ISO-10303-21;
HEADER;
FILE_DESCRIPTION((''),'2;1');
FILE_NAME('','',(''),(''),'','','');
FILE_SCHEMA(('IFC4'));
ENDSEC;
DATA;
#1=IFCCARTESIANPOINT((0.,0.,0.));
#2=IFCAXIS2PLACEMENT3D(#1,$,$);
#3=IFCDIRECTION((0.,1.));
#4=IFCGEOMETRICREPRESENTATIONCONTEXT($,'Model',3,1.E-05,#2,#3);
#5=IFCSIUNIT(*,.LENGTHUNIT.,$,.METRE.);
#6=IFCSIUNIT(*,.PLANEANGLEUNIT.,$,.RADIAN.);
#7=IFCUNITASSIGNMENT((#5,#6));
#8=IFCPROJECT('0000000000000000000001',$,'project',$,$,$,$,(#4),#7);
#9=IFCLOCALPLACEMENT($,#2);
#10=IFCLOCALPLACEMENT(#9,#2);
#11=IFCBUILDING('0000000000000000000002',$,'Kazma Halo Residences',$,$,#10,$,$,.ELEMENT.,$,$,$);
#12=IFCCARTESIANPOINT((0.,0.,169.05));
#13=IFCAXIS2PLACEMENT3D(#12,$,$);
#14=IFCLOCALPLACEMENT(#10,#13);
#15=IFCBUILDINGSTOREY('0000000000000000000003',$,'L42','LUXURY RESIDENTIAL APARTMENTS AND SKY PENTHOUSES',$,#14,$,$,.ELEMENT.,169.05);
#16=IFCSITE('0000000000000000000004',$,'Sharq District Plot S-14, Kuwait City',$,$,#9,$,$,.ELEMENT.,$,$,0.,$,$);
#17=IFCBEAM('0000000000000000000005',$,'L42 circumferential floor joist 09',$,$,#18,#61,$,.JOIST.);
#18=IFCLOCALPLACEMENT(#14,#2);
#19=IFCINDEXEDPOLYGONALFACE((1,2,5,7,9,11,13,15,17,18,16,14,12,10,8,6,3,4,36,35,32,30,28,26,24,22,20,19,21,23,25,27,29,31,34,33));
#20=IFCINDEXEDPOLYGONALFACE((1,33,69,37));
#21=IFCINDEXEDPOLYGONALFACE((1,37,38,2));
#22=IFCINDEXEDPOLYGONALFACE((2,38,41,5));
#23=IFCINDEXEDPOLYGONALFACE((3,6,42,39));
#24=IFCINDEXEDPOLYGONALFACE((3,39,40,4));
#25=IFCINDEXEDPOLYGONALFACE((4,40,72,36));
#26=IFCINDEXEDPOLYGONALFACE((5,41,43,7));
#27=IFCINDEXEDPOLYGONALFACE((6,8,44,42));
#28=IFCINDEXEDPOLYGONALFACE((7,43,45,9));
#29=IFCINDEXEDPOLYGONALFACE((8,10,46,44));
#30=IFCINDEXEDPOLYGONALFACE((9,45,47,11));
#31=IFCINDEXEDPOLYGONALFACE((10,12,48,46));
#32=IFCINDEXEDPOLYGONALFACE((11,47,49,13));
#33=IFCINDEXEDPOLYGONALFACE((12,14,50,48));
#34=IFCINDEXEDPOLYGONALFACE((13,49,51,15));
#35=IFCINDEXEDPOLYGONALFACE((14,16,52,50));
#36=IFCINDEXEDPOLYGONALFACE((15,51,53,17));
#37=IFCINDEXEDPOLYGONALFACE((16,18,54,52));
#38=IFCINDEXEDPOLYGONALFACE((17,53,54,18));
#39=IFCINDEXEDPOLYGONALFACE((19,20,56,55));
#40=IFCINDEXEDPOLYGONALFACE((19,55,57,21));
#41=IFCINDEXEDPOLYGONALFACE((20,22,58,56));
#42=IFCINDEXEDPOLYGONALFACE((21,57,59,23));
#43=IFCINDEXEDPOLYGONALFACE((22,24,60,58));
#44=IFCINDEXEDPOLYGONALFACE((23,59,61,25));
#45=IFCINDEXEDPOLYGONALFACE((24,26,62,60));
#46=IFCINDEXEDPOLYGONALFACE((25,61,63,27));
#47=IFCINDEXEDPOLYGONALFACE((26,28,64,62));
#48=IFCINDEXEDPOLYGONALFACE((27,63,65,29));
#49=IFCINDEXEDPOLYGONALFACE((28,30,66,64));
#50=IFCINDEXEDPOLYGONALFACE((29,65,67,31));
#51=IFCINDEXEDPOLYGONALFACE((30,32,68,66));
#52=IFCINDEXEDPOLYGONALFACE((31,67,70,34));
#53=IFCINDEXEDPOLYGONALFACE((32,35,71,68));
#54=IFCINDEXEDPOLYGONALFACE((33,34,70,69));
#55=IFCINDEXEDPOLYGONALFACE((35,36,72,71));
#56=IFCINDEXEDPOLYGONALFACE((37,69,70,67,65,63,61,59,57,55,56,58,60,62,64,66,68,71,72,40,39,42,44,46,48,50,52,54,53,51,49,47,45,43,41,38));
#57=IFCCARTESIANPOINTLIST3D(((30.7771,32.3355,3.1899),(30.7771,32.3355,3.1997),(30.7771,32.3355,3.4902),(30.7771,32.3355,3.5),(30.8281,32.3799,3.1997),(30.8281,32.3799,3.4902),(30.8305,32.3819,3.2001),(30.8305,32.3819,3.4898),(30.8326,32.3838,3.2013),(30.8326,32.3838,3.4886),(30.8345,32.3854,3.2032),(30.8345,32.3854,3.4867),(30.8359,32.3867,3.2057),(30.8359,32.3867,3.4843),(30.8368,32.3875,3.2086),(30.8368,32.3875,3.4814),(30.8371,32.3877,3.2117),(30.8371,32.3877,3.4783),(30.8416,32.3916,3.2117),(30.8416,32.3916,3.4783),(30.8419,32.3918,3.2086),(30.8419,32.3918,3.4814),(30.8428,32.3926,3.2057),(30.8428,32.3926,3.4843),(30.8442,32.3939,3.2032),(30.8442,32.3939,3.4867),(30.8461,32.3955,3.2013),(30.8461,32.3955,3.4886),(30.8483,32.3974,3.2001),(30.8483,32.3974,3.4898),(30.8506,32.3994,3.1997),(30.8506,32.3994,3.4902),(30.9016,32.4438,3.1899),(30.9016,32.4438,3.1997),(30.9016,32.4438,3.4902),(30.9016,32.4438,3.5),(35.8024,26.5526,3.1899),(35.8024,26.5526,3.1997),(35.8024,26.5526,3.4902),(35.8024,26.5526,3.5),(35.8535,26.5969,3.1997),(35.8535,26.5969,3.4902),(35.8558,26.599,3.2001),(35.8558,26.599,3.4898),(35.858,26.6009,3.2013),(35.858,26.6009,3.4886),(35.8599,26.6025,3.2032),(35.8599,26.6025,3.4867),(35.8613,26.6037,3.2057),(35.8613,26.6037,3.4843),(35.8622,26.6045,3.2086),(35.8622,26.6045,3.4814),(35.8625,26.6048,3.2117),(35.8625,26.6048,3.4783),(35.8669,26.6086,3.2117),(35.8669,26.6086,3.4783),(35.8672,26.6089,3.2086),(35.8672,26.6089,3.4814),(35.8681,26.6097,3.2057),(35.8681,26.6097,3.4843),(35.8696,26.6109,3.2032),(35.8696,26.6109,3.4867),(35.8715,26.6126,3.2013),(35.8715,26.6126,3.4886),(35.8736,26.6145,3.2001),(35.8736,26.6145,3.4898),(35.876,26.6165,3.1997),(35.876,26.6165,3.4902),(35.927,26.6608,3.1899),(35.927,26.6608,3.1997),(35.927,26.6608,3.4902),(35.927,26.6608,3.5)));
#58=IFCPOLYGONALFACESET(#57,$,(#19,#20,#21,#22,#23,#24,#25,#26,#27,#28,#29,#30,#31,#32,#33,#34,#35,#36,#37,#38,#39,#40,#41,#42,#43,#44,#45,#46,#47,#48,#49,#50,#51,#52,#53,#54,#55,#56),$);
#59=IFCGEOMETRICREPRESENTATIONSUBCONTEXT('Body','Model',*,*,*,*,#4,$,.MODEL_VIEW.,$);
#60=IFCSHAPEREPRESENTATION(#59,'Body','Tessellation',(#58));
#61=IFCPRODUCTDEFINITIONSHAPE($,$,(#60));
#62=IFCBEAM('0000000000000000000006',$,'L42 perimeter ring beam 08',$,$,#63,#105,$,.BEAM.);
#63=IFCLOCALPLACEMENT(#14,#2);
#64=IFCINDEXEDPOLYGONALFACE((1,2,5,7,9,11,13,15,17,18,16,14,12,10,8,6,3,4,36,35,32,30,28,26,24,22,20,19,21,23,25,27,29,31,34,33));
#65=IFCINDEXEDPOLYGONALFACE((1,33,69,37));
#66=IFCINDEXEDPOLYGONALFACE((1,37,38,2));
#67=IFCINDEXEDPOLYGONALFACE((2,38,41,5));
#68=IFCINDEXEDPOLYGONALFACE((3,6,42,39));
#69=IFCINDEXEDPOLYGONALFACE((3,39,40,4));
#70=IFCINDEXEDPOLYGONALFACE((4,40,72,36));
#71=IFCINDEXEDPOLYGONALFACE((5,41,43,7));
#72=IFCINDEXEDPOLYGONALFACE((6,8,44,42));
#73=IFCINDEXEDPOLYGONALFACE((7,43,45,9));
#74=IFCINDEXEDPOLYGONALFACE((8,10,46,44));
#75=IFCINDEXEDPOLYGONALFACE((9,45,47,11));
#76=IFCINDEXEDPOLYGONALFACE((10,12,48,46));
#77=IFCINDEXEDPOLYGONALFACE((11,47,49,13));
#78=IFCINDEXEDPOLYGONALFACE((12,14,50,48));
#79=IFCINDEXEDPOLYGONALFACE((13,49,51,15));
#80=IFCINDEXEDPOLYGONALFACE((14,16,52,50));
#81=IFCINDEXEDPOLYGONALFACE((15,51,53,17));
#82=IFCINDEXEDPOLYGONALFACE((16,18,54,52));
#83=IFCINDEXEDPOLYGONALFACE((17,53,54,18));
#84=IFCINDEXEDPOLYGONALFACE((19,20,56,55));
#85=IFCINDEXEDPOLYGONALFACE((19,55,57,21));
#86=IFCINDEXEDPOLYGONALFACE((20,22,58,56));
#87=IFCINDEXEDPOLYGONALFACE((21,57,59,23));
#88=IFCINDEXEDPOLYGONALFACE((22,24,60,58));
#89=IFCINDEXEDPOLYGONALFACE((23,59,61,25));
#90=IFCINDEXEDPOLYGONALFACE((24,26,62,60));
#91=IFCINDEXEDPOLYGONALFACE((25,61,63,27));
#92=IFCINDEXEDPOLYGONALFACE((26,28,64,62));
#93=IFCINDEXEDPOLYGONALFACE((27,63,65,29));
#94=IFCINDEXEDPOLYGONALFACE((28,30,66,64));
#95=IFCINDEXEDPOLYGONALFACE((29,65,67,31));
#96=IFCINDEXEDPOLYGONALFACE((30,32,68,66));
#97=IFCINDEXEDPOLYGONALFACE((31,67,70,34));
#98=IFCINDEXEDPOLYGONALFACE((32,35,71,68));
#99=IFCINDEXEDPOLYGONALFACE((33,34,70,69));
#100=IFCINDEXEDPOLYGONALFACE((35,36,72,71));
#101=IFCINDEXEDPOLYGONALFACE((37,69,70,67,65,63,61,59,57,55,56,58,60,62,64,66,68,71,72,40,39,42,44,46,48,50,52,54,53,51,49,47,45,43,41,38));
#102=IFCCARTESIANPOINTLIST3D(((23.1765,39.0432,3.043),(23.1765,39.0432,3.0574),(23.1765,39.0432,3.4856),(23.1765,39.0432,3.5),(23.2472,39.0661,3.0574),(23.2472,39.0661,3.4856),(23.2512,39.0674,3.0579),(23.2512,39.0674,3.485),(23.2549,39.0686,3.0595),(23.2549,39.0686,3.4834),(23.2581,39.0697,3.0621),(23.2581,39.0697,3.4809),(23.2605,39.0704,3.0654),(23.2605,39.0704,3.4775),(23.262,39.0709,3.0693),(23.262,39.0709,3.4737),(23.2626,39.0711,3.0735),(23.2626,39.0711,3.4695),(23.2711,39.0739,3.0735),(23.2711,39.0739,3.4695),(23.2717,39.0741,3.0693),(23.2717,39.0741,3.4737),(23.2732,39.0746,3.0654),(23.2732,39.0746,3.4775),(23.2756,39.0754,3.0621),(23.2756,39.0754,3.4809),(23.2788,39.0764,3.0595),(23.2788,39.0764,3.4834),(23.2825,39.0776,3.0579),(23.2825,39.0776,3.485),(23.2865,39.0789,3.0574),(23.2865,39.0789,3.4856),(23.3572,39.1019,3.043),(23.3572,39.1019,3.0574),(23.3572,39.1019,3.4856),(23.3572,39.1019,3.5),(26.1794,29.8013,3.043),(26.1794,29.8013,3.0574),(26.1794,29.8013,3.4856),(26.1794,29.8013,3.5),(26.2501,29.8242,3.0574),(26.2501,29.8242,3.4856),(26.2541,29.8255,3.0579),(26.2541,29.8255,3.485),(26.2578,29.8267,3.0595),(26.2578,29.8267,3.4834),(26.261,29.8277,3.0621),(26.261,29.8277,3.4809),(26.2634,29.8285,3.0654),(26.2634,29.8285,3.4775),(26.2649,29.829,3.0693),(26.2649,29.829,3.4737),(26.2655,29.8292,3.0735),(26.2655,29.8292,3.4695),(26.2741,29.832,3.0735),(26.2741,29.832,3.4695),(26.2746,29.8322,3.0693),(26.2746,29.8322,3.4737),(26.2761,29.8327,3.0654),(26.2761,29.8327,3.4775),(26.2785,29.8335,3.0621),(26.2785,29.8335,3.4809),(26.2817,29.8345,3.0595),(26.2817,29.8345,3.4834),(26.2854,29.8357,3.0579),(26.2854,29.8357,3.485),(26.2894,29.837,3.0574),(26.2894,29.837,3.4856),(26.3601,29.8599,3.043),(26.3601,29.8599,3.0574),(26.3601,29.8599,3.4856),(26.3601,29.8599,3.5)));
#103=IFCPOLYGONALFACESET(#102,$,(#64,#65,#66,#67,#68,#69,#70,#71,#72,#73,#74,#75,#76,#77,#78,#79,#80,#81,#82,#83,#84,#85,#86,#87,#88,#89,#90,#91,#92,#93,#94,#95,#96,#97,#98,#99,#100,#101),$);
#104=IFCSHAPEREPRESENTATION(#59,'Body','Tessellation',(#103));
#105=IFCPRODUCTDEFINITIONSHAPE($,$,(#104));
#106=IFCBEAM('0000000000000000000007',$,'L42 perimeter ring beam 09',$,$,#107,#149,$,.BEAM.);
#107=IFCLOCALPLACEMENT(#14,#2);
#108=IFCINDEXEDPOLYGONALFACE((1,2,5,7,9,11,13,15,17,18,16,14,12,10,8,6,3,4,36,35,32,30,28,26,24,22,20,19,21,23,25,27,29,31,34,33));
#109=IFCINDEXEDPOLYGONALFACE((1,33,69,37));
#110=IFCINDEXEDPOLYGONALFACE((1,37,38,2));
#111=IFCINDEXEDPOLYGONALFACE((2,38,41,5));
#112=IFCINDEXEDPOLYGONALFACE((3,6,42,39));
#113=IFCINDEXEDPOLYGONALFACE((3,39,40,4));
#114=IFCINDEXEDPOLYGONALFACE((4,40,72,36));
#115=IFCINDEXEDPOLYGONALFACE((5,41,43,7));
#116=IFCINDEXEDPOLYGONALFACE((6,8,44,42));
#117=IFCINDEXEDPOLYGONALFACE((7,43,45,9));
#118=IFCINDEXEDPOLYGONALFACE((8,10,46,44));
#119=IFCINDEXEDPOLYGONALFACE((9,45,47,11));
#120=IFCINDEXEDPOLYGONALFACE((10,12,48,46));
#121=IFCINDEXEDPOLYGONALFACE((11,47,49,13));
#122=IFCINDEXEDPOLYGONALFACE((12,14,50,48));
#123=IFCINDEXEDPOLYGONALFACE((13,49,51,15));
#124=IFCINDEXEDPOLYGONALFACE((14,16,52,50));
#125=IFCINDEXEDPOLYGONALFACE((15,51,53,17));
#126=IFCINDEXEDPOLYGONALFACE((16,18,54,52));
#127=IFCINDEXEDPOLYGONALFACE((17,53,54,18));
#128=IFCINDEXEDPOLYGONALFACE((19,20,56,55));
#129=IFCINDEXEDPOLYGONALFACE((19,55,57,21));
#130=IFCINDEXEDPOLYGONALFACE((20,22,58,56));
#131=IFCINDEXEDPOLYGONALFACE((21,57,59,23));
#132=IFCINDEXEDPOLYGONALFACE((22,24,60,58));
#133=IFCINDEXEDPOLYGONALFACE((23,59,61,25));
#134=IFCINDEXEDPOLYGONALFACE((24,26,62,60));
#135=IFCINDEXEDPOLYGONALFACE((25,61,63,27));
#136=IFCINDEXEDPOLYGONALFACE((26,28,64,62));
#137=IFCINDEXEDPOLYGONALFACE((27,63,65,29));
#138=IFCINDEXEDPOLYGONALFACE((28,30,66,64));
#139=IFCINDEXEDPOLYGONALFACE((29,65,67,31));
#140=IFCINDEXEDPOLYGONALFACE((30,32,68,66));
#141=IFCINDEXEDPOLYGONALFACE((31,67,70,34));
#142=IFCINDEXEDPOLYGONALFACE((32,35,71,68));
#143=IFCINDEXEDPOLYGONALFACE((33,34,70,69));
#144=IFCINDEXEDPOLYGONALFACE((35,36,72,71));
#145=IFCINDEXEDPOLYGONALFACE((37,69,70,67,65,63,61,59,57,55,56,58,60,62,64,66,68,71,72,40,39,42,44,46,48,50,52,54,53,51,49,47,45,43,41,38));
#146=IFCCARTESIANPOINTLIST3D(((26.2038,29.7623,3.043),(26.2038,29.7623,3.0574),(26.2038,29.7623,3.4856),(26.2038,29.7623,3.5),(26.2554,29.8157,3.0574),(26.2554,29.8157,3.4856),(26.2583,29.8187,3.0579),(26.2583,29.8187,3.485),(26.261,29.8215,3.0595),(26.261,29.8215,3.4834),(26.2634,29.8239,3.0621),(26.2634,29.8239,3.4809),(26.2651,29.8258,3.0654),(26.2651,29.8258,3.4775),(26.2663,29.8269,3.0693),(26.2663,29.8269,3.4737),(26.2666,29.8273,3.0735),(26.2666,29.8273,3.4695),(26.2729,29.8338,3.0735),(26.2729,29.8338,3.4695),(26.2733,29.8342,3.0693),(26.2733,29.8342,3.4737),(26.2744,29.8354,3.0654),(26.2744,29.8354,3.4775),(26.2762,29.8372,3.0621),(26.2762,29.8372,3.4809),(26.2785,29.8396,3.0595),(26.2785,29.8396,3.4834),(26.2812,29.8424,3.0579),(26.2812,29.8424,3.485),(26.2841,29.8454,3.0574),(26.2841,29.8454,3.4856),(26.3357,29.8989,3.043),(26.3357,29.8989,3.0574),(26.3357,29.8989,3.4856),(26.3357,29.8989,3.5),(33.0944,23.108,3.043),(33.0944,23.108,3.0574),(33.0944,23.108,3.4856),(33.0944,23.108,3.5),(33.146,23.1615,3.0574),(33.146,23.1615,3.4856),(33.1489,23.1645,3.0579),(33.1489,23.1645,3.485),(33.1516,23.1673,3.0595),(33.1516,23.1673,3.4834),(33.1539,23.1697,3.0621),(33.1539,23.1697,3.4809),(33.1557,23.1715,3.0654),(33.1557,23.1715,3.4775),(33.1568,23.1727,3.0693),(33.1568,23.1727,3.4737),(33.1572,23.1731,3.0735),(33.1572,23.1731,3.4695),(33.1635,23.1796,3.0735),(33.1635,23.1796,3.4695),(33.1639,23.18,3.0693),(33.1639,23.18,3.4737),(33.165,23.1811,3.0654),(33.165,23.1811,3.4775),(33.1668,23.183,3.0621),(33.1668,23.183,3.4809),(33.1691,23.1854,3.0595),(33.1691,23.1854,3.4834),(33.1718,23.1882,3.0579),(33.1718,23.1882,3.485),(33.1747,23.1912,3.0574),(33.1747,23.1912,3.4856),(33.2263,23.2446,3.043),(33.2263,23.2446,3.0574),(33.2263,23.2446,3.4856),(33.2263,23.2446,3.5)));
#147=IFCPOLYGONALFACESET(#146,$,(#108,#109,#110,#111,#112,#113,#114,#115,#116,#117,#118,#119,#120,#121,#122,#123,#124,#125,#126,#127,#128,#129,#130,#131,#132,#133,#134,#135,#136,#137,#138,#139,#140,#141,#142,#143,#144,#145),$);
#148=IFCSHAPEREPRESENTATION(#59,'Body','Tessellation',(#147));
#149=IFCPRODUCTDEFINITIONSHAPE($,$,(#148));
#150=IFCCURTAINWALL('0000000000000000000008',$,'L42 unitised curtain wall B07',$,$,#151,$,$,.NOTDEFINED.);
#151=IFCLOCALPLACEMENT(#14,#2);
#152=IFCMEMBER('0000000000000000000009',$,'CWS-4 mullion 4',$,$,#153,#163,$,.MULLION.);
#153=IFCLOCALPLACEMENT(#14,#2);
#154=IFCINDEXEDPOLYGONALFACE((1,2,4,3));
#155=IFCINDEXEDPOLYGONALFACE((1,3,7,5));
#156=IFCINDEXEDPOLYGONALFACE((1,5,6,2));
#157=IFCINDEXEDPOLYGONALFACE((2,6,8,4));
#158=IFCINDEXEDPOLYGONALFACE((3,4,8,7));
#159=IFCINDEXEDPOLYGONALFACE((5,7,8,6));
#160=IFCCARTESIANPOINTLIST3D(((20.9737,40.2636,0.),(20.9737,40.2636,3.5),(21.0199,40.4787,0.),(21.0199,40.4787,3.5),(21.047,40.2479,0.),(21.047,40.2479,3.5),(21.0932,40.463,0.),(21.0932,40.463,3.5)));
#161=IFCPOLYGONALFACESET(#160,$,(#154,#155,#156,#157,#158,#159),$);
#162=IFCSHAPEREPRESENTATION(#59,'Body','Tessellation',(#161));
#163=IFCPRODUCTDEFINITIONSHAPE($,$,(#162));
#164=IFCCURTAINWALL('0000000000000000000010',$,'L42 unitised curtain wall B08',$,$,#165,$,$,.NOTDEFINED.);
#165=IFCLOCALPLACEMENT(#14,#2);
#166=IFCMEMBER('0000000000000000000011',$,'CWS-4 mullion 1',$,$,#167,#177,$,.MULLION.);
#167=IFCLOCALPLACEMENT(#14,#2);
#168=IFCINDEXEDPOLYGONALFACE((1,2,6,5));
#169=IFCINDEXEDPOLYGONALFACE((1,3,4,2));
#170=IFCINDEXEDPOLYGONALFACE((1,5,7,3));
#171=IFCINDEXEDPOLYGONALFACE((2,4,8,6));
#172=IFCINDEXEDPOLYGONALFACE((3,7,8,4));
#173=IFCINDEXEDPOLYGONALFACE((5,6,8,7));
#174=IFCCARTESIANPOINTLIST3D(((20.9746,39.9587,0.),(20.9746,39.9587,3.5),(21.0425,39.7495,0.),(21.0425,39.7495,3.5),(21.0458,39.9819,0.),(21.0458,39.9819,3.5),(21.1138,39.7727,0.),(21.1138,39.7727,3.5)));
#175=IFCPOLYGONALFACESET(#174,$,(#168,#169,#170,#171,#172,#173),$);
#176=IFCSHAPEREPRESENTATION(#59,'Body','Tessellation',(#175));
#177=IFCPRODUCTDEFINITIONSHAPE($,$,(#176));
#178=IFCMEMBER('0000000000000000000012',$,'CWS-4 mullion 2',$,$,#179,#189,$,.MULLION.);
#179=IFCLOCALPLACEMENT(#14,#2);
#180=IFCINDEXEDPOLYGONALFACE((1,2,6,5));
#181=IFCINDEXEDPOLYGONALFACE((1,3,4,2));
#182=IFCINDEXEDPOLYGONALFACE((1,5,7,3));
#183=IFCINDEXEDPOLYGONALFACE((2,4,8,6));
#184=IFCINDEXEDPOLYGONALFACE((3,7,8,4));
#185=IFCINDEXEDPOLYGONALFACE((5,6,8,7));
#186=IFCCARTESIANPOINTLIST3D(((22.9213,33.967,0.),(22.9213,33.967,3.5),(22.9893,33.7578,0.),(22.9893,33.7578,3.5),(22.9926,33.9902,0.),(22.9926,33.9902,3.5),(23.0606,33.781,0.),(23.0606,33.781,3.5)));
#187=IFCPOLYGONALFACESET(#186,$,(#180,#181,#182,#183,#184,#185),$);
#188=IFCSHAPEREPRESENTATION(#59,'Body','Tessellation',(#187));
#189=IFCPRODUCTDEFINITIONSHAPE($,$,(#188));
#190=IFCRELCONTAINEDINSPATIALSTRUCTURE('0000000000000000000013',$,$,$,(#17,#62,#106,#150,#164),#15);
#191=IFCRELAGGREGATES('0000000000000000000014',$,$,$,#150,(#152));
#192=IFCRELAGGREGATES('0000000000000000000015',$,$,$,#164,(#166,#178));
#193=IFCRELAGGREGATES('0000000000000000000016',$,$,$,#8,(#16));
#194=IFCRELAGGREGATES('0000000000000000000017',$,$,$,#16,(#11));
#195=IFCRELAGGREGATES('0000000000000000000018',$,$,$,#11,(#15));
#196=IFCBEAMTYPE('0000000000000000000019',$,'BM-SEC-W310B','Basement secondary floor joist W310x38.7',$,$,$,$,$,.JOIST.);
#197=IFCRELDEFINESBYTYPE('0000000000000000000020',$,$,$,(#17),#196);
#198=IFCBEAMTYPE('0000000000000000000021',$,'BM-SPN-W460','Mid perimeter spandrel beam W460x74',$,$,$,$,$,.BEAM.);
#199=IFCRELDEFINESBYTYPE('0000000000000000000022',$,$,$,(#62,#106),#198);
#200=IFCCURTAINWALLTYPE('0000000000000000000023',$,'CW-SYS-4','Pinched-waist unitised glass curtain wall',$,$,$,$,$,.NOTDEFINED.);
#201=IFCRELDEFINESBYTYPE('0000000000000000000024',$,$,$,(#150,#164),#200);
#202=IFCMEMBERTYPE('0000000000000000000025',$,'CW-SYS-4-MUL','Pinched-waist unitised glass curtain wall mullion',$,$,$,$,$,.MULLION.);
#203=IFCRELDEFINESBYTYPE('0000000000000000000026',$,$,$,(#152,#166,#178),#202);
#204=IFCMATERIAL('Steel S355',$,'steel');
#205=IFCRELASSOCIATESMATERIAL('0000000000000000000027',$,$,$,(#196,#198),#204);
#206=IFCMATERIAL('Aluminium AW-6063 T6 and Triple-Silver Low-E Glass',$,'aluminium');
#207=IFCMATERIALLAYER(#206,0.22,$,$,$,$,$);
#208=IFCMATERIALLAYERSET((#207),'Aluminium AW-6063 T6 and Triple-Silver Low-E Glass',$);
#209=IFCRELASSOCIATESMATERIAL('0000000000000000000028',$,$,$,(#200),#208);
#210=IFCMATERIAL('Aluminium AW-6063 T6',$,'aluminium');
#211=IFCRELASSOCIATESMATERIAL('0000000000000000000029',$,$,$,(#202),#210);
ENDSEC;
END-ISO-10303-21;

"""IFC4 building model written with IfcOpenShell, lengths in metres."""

from ifc_helpers import new_model, si_unit, direction, frame, origin, origin_2d, place, context, subcontext, project, spatial, rectangle, i_section, extrude, material, layer, layer_set, material_profile, profile_set, type_object, element, aggregate, save


model = new_model("IFC4")

# Units and contexts
model_context = context("Model", 3, precision=1e-05, world=origin(), true_north=direction((0.0, 1.0)))
body_context = subcontext(model_context, "Body", "Model", "MODEL_VIEW")
ifc_project = project(units=[si_unit("LENGTHUNIT", "METRE"), si_unit("PLANEANGLEUNIT", "RADIAN")], contexts=[model_context])

# Site, building, storey
site_placement = place(None, origin())
site = spatial("IfcSite", under=ifc_project, at=site_placement, Name="Sharq District Plot S-14, Kuwait City", CompositionType="ELEMENT", RefElevation=0.0)
building_placement = place(site_placement, origin())
building = spatial("IfcBuilding", under=site, at=building_placement, Name="Kazma Halo Residences", CompositionType="ELEMENT")
storey_placement = place(building_placement, frame((0.0, 0.0, 169.05)))
storey = spatial("IfcBuildingStorey", under=building, at=storey_placement, Name="L42", Description="LUXURY RESIDENTIAL APARTMENTS AND SKY PENTHOUSES", CompositionType="ELEMENT", Elevation=169.05)

# Beams
ifc_material_1 = material(Name="Steel S355", Category="steel")
ifc_material_profile_1 = material_profile(ifc_material_1, i_section(OverallWidth=0.165, OverallDepth=0.3101, WebThickness=0.0059, FlangeThickness=0.0098, FilletRadius=0.012, at=origin_2d()), Name="W310x38.7")
ifc_profile_set_1 = profile_set([ifc_material_profile_1], Name="Steel S355")
beam_type_1 = type_object("IfcBeamType", Name="BM-SEC-W310B", Description="Basement secondary floor joist W310x38.7", PredefinedType="JOIST", material=ifc_profile_set_1)
beam_1_placement = place(storey_placement, frame((30.8394, 32.3896, 3.345), z_axis=(0.655936, -0.754817, 0.0), x_axis=(0.754817, 0.655936, 0.0)))
element("IfcBeam", 1, at=beam_1_placement, inside=storey, type_object=beam_type_1, Name="L42 circumferential floor joist 09", PredefinedType="JOIST", context=body_context, shape_type="SweptSolid", body=[
    extrude(i_section(OverallWidth=0.165, OverallDepth=0.3101, WebThickness=0.0059, FlangeThickness=0.0098, FilletRadius=0.012, at=origin_2d()), origin(), (0.0, 0.0, 1.0), 7.6614),
])
ifc_material_profile_2 = material_profile(ifc_material_1, i_section(OverallWidth=0.1899, OverallDepth=0.457, WebThickness=0.009, FlangeThickness=0.0144, FilletRadius=0.0161, at=origin_2d()), Name="W460x74")
ifc_profile_set_2 = profile_set([ifc_material_profile_2], Name="Steel S355")
beam_type_2 = type_object("IfcBeamType", Name="BM-SPN-W460", Description="Mid perimeter spandrel beam W460x74", PredefinedType="BEAM", material=ifc_profile_set_2)
beam_2_placement = place(storey_placement, frame((23.2668, 39.0725, 3.2715), z_axis=(0.309021, -0.951055, 0.0), x_axis=(0.951055, 0.309021, 0.0)))
element("IfcBeam", 2, at=beam_2_placement, inside=storey, type_object=beam_type_2, Name="L42 perimeter ring beam 08", PredefinedType="BEAM", context=body_context, shape_type="SweptSolid", body=[
    extrude(i_section(OverallWidth=0.1899, OverallDepth=0.457, WebThickness=0.009, FlangeThickness=0.0144, FilletRadius=0.0161, at=origin_2d()), origin(), (0.0, 0.0, 1.0), 9.7175),
])
beam_3_placement = place(storey_placement, frame((26.2698, 29.8306, 3.2715), z_axis=(0.719335, -0.694664, 0.0), x_axis=(0.694664, 0.719335, 0.0)))
element("IfcBeam", 3, at=beam_3_placement, inside=storey, type_object=beam_type_2, Name="L42 perimeter ring beam 09", PredefinedType="BEAM", context=body_context, shape_type="SweptSolid", body=[
    extrude(i_section(OverallWidth=0.1899, OverallDepth=0.457, WebThickness=0.009, FlangeThickness=0.0144, FilletRadius=0.0161, at=origin_2d()), origin(), (0.0, 0.0, 1.0), 9.5791),
])

# Curtain wall, member
ifc_material_2 = material(Name="Aluminium AW-6063 T6 and Triple-Silver Low-E Glass", Category="aluminium")
ifc_layer_1 = layer(ifc_material_2, 0.22)
ifc_layer_set_1 = layer_set([ifc_layer_1], Name="Aluminium AW-6063 T6 and Triple-Silver Low-E Glass")
curtain_wall_type = type_object("IfcCurtainWallType", Name="CW-SYS-4", Description="Pinched-waist unitised glass curtain wall", PredefinedType="NOTDEFINED", material=ifc_layer_set_1)
curtain_wall_1_placement = place(storey_placement, origin())
curtain_wall_1 = element("IfcCurtainWall", 4, at=curtain_wall_1_placement, inside=storey, type_object=curtain_wall_type, Name="L42 unitised curtain wall B07", PredefinedType="NOTDEFINED")
ifc_material_3 = material(Name="Aluminium AW-6063 T6", Category="aluminium")
ifc_material_profile_3 = material_profile(ifc_material_3, rectangle(XDim=0.075, YDim=0.22, at=origin_2d()), Name="CWM-75x220")
ifc_profile_set_3 = profile_set([ifc_material_profile_3], Name="Aluminium AW-6063 T6")
member_type_1 = type_object("IfcMemberType", Name="CW-SYS-4-MUL", Description="Pinched-waist unitised glass curtain wall mullion", PredefinedType="MULLION", material=ifc_profile_set_3)
member_1_placement = place(storey_placement, frame((21.0334, 40.3633, 0.0), z_axis=(0.0, 0.0, 1.0), x_axis=(0.977765, -0.209704, 0.0)))
member_1 = element("IfcMember", 5, at=member_1_placement, type_object=member_type_1, Name="CWS-4 mullion 4", PredefinedType="MULLION", context=body_context, shape_type="SweptSolid", body=[
    extrude(rectangle(XDim=0.075, YDim=0.22, at=origin_2d()), origin(), (0.0, 0.0, 1.0), 3.5),
])
aggregate(curtain_wall_1, [member_1])

# Curtain wall, members
curtain_wall_2_placement = place(storey_placement, origin())
curtain_wall_2 = element("IfcCurtainWall", 6, at=curtain_wall_2_placement, inside=storey, type_object=curtain_wall_type, Name="L42 unitised curtain wall B08", PredefinedType="NOTDEFINED")
member_2_placement = place(storey_placement, frame((21.0442, 39.8657, 0.0), z_axis=(0.0, 0.0, 1.0), x_axis=(0.951058, 0.309014, 0.0)))
member_2 = element("IfcMember", 7, at=member_2_placement, type_object=member_type_1, Name="CWS-4 mullion 1", PredefinedType="MULLION", context=body_context, shape_type="SweptSolid", body=[
    extrude(rectangle(XDim=0.075, YDim=0.22, at=origin_2d()), origin(), (0.0, 0.0, 1.0), 3.5),
])
member_3_placement = place(storey_placement, frame((22.991, 33.874, 0.0), z_axis=(0.0, 0.0, 1.0), x_axis=(0.951058, 0.309014, 0.0)))
member_3 = element("IfcMember", 8, at=member_3_placement, type_object=member_type_1, Name="CWS-4 mullion 2", PredefinedType="MULLION", context=body_context, shape_type="SweptSolid", body=[
    extrude(rectangle(XDim=0.075, YDim=0.22, at=origin_2d()), origin(), (0.0, 0.0, 1.0), 3.5),
])
aggregate(curtain_wall_2, [member_2, member_3])

save(model, "model.ifc")
